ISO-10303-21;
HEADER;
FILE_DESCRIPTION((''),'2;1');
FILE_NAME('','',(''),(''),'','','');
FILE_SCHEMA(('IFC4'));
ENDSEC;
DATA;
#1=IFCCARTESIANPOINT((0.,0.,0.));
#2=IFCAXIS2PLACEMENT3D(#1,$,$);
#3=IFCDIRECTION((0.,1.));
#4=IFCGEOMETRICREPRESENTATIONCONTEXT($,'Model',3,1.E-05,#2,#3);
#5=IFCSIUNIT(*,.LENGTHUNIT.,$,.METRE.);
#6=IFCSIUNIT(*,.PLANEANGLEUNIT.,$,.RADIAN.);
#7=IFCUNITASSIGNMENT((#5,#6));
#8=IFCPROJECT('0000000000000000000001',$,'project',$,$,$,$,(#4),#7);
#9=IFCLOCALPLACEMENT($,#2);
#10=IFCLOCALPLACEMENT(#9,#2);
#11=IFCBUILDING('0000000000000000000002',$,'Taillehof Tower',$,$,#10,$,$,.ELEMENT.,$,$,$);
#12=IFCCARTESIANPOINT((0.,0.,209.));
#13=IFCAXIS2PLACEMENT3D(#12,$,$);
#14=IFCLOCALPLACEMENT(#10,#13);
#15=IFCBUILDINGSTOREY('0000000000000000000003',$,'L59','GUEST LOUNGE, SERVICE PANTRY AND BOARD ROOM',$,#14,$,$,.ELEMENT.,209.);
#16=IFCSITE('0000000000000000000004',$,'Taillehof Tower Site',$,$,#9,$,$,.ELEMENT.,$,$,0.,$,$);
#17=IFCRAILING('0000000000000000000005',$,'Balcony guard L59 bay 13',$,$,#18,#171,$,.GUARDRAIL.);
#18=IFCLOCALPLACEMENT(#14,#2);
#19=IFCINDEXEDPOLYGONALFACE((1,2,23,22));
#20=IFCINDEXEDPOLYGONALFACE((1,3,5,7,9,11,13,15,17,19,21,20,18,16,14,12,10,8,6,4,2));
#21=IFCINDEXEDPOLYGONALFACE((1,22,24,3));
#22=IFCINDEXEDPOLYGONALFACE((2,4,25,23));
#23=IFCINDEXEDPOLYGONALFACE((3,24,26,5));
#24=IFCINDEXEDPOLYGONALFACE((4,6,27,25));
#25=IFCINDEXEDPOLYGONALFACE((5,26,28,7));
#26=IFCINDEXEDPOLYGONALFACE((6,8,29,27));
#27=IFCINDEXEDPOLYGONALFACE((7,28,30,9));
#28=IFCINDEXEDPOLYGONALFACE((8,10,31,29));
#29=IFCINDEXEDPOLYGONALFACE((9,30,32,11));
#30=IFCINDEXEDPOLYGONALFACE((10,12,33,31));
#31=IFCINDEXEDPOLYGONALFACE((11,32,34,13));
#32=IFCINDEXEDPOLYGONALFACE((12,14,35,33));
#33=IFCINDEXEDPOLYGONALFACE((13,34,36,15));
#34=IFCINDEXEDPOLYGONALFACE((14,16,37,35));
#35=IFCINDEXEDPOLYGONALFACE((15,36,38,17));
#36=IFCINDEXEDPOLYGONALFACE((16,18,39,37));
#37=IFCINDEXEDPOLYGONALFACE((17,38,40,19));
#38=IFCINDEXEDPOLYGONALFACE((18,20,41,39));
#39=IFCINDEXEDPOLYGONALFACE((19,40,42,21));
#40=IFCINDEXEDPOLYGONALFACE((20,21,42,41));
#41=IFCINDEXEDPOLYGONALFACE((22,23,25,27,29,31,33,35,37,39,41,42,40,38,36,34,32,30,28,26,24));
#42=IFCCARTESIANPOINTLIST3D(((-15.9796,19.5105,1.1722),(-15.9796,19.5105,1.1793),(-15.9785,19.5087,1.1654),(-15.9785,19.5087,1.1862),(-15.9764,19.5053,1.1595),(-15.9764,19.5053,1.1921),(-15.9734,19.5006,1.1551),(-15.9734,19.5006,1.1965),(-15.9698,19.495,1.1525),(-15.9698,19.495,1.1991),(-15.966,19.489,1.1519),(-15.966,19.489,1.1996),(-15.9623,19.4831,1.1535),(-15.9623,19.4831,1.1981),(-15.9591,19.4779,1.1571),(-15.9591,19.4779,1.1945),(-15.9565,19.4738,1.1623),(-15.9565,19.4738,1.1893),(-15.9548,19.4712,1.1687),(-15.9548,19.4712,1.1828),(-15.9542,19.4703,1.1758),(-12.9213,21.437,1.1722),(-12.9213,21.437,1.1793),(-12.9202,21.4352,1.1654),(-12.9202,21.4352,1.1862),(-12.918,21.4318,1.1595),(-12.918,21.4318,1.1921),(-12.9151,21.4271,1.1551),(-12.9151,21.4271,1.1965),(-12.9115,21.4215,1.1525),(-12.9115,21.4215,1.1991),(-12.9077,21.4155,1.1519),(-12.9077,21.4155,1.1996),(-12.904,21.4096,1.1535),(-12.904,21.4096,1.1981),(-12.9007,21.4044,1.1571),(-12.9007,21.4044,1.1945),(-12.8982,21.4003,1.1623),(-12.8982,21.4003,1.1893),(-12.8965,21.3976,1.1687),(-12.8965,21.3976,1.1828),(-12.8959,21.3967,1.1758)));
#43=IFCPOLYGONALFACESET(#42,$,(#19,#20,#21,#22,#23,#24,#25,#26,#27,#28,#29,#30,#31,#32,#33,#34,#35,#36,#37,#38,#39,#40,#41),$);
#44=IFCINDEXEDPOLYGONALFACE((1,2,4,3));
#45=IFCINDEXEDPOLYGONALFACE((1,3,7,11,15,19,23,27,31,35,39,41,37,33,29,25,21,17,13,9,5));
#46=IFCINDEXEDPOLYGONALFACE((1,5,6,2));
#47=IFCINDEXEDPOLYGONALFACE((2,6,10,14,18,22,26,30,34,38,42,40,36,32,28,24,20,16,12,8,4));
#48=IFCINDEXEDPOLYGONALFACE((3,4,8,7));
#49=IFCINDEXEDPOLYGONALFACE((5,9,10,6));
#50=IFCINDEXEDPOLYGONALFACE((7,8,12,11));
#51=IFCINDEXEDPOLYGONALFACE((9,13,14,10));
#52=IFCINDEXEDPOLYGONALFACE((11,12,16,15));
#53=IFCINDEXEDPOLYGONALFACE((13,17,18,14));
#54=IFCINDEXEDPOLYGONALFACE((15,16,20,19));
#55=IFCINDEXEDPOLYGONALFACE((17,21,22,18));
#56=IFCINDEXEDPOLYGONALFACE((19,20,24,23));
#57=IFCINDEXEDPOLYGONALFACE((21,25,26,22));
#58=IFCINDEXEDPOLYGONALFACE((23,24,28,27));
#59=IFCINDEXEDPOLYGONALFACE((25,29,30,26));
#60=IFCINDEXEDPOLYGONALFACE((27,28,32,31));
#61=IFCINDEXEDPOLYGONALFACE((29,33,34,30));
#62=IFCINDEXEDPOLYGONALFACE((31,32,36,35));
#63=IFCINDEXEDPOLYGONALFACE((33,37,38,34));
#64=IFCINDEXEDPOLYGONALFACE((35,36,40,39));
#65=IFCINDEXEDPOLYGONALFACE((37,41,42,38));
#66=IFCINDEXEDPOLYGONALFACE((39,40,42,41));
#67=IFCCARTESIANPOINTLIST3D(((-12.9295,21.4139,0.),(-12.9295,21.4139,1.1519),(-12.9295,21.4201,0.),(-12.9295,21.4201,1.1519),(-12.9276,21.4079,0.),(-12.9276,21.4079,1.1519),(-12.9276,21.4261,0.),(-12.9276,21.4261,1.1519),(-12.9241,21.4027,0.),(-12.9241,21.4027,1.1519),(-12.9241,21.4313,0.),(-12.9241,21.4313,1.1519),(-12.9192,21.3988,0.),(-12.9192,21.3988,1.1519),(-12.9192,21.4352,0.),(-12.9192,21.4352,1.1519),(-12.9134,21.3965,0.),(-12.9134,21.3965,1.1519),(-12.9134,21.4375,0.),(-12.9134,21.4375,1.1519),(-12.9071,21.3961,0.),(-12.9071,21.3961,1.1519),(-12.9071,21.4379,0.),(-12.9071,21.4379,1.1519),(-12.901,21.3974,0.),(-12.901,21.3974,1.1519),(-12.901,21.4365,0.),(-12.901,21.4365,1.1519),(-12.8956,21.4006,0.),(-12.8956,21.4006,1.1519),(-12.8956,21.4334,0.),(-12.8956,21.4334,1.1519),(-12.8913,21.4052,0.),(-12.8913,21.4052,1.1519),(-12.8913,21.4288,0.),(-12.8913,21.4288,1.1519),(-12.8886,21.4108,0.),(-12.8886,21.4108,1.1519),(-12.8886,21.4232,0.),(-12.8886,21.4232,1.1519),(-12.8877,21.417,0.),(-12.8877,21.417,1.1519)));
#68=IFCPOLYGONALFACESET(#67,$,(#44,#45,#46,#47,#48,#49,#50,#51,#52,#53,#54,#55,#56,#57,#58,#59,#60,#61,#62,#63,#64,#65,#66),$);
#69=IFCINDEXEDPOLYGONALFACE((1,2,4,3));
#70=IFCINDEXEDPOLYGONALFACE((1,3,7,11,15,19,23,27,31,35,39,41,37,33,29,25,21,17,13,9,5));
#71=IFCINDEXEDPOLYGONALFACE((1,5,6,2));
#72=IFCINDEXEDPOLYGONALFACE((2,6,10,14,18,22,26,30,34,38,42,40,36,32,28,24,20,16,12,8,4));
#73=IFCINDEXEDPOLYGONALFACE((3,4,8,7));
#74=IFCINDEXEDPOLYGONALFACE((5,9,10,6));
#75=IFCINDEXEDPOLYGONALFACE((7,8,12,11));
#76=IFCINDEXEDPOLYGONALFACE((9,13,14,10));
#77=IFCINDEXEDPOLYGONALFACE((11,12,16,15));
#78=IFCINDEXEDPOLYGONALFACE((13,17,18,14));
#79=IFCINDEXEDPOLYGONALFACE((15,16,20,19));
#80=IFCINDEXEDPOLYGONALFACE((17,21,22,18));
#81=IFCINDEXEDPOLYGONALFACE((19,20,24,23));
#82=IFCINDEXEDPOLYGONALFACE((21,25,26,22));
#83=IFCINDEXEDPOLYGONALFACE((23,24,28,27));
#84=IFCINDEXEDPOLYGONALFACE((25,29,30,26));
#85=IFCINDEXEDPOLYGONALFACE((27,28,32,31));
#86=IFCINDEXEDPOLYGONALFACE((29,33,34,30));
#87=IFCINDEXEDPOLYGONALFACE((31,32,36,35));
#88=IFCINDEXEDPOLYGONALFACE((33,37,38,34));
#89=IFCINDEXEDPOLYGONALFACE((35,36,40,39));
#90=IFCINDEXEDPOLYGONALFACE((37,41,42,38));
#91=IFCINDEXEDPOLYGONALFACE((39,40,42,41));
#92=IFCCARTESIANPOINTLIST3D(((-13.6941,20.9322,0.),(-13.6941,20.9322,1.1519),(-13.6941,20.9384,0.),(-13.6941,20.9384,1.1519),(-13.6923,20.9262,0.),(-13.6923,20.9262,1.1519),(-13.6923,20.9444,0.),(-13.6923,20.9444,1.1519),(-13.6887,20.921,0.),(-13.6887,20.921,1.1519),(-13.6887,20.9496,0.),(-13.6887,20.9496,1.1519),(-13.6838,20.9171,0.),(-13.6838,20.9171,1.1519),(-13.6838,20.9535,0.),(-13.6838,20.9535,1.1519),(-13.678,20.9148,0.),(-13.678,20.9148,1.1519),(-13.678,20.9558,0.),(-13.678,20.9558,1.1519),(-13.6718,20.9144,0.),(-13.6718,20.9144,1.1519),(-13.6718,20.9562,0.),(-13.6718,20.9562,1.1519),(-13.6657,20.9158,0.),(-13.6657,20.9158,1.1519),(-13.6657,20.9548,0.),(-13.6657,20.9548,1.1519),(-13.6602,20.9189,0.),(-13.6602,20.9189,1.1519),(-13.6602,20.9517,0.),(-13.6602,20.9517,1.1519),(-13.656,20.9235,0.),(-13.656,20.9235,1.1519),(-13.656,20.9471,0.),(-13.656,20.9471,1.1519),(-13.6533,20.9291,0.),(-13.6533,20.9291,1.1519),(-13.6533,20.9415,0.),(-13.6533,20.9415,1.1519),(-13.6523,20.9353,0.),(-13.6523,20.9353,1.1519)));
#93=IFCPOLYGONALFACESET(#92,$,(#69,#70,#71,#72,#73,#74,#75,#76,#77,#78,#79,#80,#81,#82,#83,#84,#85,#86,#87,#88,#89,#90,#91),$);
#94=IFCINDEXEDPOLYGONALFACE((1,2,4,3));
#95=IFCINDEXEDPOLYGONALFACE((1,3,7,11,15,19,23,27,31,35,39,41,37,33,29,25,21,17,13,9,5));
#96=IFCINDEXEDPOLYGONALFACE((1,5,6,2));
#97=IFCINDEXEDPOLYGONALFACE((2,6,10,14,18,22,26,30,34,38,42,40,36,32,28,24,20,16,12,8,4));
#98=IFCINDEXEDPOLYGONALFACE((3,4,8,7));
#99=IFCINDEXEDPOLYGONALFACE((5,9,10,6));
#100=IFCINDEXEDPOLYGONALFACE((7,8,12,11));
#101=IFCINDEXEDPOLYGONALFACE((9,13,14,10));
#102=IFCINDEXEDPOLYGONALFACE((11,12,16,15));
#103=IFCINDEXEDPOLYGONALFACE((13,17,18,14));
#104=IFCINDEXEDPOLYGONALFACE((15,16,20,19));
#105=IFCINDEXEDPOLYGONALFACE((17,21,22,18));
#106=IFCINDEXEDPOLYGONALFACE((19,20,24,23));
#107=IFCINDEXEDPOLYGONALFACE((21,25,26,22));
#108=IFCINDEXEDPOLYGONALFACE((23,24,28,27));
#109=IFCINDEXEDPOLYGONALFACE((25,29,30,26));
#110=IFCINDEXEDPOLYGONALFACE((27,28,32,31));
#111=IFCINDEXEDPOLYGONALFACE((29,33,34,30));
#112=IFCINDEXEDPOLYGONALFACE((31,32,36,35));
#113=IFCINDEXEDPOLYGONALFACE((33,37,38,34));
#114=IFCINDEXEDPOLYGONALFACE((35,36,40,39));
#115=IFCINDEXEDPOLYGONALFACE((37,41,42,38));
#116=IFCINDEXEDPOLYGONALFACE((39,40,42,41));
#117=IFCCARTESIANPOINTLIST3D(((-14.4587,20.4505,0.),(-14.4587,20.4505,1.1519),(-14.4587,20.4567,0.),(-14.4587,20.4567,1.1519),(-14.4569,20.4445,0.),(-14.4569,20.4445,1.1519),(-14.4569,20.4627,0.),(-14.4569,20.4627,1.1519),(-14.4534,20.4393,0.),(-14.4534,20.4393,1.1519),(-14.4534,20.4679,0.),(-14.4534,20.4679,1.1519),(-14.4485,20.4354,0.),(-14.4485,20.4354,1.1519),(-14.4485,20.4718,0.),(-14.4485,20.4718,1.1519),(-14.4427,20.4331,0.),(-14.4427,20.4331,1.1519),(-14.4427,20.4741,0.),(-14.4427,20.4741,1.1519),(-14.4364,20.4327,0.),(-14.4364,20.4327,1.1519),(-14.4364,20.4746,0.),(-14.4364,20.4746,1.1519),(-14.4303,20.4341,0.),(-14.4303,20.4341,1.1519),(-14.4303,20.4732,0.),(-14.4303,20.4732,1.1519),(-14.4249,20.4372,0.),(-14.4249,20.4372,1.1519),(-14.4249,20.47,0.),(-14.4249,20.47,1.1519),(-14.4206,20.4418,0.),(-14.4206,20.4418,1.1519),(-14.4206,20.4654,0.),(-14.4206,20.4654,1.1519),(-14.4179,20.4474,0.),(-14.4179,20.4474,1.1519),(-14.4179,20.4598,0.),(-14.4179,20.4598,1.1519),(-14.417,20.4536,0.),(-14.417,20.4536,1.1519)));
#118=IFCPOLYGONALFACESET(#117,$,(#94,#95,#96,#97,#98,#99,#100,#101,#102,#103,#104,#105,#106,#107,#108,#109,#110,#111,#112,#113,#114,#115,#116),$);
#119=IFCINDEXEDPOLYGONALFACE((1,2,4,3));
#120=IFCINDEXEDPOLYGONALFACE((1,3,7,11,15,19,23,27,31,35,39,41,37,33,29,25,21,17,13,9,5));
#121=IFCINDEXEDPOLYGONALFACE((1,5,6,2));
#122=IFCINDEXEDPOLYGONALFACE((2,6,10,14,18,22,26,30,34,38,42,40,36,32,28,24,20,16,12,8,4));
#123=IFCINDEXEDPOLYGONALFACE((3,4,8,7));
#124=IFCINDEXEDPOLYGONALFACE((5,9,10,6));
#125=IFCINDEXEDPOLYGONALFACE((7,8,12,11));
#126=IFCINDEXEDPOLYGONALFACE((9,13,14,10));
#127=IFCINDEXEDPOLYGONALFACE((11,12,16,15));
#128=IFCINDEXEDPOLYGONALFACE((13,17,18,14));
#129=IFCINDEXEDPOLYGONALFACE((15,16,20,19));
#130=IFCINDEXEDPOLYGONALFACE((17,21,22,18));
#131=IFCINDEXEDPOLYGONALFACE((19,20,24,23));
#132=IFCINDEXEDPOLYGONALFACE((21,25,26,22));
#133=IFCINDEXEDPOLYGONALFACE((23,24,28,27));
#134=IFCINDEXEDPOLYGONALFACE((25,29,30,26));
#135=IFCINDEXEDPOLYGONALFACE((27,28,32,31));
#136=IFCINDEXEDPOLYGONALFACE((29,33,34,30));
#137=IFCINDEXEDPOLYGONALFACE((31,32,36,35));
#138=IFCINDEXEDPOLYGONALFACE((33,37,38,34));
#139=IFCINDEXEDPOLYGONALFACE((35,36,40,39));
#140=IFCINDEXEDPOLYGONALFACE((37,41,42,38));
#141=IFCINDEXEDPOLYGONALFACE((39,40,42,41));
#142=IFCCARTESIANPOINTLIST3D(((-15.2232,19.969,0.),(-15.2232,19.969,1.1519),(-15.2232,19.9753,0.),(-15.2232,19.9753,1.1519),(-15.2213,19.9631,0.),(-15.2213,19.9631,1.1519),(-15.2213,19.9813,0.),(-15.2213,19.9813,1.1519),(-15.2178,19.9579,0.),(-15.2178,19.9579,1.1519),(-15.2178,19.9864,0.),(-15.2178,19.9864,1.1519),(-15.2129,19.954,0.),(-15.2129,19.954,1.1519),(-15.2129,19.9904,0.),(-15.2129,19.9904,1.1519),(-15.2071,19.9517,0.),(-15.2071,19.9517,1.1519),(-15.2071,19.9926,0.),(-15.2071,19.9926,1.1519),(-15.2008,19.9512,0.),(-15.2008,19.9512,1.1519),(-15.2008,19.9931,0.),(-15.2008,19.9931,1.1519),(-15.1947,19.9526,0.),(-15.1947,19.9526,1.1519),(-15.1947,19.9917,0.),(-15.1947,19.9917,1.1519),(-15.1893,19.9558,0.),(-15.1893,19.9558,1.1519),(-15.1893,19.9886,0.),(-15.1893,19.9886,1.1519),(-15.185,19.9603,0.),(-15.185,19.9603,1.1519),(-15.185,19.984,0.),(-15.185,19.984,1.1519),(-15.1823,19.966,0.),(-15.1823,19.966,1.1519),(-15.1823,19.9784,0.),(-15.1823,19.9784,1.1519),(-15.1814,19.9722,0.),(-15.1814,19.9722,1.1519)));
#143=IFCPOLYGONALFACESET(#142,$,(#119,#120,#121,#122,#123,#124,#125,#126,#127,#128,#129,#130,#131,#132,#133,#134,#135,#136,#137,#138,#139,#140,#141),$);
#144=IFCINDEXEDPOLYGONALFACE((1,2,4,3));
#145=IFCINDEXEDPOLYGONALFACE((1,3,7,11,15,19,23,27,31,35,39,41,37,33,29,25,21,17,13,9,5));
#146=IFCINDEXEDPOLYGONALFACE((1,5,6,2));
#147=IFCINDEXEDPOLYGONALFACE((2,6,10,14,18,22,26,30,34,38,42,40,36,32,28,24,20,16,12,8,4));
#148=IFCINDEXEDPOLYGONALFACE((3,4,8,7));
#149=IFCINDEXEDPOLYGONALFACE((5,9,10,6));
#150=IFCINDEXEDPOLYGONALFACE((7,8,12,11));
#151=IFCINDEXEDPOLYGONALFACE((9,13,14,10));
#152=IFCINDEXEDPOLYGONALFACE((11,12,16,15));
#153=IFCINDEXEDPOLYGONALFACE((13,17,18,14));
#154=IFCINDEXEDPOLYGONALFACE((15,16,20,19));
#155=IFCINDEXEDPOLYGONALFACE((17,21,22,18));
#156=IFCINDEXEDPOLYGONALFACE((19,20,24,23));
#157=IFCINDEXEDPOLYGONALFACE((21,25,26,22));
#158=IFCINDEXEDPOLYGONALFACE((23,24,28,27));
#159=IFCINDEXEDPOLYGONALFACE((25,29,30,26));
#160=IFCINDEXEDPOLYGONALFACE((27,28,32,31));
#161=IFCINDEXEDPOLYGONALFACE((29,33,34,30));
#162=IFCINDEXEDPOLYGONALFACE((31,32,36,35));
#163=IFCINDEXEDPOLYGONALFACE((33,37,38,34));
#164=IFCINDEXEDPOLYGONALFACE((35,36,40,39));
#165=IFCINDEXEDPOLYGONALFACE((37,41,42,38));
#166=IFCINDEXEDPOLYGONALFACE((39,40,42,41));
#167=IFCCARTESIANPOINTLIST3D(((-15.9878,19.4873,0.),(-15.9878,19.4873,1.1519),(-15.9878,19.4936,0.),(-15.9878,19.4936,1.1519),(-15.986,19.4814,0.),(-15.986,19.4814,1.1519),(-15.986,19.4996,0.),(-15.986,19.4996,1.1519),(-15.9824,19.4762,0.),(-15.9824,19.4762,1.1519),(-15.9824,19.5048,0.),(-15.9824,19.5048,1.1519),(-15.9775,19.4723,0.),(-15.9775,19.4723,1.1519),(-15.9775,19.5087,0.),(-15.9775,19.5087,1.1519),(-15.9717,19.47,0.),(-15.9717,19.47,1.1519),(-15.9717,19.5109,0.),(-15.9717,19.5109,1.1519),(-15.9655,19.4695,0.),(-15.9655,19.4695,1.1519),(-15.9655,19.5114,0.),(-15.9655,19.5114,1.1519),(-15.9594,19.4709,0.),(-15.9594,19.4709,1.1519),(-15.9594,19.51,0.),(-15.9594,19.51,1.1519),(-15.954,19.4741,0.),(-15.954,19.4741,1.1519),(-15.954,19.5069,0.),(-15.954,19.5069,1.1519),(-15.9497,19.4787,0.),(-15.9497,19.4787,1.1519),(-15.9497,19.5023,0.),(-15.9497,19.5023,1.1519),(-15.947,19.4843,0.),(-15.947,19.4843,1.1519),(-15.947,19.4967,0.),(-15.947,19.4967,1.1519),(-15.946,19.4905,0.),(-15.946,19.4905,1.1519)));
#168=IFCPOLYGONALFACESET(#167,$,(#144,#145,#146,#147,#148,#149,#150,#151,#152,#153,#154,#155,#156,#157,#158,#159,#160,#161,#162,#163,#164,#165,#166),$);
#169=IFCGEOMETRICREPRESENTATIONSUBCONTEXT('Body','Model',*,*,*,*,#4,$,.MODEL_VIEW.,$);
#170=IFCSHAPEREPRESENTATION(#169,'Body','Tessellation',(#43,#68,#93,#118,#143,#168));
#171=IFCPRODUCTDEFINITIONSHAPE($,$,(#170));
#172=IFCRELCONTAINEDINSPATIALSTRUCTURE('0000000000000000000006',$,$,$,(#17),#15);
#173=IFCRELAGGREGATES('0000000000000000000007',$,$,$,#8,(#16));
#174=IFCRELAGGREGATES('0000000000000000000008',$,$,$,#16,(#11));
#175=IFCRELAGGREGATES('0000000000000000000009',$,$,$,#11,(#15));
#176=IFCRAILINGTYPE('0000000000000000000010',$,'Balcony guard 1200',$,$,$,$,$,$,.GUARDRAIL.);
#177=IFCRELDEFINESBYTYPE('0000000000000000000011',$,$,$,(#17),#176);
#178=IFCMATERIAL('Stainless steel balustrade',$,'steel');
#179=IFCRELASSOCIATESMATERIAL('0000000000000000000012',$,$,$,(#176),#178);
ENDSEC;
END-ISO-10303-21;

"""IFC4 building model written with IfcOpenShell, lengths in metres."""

from ifc_helpers import new_model, si_unit, direction, frame, origin, origin_2d, place, context, subcontext, project, spatial, circle, extrude, material, type_object, element, save


model = new_model("IFC4")

# Units and contexts
model_context = context("Model", 3, precision=1e-05, world=origin(), true_north=direction((0.0, 1.0)))
body_context = subcontext(model_context, "Body", "Model", "MODEL_VIEW")
ifc_project = project(units=[si_unit("LENGTHUNIT", "METRE"), si_unit("PLANEANGLEUNIT", "RADIAN")], contexts=[model_context])

# Site, building, storey
site_placement = place(None, origin())
site = spatial("IfcSite", under=ifc_project, at=site_placement, Name="Taillehof Tower Site", CompositionType="ELEMENT", RefElevation=0.0)
building_placement = place(site_placement, origin())
building = spatial("IfcBuilding", under=site, at=building_placement, Name="Taillehof Tower", CompositionType="ELEMENT")
storey_placement = place(building_placement, frame((0.0, 0.0, 209.0)))
storey = spatial("IfcBuildingStorey", under=building, at=storey_placement, Name="L59", Description="GUEST LOUNGE, SERVICE PANTRY AND BOARD ROOM", CompositionType="ELEMENT", Elevation=209.0)

# Railing
ifc_material_1 = material(Name="Stainless steel balustrade", Category="steel")
railing_type_1 = type_object("IfcRailingType", Name="Balcony guard 1200", PredefinedType="GUARDRAIL", material=ifc_material_1)
railing_1_placement = place(storey_placement, frame((-12.9087, 21.417, 0.0)))
element("IfcRailing", 1, at=railing_1_placement, inside=storey, type_object=railing_type_1, Name="Balcony guard L59 bay 13", PredefinedType="GUARDRAIL", context=body_context, shape_type="SweptSolid", body=[
    extrude(circle(Radius=0.0239, at=origin_2d()), frame((0.0, 0.0, 1.1758), z_axis=(-0.846122, -0.532989, 0.0), x_axis=(0.532989, -0.846122, 0.0)), (0.0, 0.0, 1.0), 3.6145),
    extrude(circle(Radius=0.021, at=origin_2d()), origin(), (0.0, 0.0, 1.0), 1.1519),
    extrude(circle(Radius=0.021, at=origin_2d()), frame((-0.7646, -0.4817, 0.0)), (0.0, 0.0, 1.0), 1.1519),
    extrude(circle(Radius=0.021, at=origin_2d()), frame((-1.5293, -0.9634, 0.0)), (0.0, 0.0, 1.0), 1.1519),
    extrude(circle(Radius=0.021, at=origin_2d()), frame((-2.2937, -1.4448, 0.0)), (0.0, 0.0, 1.0), 1.1519),
    extrude(circle(Radius=0.021, at=origin_2d()), frame((-3.0583, -1.9265, 0.0)), (0.0, 0.0, 1.0), 1.1519),
])

save(model, "model.ifc")
